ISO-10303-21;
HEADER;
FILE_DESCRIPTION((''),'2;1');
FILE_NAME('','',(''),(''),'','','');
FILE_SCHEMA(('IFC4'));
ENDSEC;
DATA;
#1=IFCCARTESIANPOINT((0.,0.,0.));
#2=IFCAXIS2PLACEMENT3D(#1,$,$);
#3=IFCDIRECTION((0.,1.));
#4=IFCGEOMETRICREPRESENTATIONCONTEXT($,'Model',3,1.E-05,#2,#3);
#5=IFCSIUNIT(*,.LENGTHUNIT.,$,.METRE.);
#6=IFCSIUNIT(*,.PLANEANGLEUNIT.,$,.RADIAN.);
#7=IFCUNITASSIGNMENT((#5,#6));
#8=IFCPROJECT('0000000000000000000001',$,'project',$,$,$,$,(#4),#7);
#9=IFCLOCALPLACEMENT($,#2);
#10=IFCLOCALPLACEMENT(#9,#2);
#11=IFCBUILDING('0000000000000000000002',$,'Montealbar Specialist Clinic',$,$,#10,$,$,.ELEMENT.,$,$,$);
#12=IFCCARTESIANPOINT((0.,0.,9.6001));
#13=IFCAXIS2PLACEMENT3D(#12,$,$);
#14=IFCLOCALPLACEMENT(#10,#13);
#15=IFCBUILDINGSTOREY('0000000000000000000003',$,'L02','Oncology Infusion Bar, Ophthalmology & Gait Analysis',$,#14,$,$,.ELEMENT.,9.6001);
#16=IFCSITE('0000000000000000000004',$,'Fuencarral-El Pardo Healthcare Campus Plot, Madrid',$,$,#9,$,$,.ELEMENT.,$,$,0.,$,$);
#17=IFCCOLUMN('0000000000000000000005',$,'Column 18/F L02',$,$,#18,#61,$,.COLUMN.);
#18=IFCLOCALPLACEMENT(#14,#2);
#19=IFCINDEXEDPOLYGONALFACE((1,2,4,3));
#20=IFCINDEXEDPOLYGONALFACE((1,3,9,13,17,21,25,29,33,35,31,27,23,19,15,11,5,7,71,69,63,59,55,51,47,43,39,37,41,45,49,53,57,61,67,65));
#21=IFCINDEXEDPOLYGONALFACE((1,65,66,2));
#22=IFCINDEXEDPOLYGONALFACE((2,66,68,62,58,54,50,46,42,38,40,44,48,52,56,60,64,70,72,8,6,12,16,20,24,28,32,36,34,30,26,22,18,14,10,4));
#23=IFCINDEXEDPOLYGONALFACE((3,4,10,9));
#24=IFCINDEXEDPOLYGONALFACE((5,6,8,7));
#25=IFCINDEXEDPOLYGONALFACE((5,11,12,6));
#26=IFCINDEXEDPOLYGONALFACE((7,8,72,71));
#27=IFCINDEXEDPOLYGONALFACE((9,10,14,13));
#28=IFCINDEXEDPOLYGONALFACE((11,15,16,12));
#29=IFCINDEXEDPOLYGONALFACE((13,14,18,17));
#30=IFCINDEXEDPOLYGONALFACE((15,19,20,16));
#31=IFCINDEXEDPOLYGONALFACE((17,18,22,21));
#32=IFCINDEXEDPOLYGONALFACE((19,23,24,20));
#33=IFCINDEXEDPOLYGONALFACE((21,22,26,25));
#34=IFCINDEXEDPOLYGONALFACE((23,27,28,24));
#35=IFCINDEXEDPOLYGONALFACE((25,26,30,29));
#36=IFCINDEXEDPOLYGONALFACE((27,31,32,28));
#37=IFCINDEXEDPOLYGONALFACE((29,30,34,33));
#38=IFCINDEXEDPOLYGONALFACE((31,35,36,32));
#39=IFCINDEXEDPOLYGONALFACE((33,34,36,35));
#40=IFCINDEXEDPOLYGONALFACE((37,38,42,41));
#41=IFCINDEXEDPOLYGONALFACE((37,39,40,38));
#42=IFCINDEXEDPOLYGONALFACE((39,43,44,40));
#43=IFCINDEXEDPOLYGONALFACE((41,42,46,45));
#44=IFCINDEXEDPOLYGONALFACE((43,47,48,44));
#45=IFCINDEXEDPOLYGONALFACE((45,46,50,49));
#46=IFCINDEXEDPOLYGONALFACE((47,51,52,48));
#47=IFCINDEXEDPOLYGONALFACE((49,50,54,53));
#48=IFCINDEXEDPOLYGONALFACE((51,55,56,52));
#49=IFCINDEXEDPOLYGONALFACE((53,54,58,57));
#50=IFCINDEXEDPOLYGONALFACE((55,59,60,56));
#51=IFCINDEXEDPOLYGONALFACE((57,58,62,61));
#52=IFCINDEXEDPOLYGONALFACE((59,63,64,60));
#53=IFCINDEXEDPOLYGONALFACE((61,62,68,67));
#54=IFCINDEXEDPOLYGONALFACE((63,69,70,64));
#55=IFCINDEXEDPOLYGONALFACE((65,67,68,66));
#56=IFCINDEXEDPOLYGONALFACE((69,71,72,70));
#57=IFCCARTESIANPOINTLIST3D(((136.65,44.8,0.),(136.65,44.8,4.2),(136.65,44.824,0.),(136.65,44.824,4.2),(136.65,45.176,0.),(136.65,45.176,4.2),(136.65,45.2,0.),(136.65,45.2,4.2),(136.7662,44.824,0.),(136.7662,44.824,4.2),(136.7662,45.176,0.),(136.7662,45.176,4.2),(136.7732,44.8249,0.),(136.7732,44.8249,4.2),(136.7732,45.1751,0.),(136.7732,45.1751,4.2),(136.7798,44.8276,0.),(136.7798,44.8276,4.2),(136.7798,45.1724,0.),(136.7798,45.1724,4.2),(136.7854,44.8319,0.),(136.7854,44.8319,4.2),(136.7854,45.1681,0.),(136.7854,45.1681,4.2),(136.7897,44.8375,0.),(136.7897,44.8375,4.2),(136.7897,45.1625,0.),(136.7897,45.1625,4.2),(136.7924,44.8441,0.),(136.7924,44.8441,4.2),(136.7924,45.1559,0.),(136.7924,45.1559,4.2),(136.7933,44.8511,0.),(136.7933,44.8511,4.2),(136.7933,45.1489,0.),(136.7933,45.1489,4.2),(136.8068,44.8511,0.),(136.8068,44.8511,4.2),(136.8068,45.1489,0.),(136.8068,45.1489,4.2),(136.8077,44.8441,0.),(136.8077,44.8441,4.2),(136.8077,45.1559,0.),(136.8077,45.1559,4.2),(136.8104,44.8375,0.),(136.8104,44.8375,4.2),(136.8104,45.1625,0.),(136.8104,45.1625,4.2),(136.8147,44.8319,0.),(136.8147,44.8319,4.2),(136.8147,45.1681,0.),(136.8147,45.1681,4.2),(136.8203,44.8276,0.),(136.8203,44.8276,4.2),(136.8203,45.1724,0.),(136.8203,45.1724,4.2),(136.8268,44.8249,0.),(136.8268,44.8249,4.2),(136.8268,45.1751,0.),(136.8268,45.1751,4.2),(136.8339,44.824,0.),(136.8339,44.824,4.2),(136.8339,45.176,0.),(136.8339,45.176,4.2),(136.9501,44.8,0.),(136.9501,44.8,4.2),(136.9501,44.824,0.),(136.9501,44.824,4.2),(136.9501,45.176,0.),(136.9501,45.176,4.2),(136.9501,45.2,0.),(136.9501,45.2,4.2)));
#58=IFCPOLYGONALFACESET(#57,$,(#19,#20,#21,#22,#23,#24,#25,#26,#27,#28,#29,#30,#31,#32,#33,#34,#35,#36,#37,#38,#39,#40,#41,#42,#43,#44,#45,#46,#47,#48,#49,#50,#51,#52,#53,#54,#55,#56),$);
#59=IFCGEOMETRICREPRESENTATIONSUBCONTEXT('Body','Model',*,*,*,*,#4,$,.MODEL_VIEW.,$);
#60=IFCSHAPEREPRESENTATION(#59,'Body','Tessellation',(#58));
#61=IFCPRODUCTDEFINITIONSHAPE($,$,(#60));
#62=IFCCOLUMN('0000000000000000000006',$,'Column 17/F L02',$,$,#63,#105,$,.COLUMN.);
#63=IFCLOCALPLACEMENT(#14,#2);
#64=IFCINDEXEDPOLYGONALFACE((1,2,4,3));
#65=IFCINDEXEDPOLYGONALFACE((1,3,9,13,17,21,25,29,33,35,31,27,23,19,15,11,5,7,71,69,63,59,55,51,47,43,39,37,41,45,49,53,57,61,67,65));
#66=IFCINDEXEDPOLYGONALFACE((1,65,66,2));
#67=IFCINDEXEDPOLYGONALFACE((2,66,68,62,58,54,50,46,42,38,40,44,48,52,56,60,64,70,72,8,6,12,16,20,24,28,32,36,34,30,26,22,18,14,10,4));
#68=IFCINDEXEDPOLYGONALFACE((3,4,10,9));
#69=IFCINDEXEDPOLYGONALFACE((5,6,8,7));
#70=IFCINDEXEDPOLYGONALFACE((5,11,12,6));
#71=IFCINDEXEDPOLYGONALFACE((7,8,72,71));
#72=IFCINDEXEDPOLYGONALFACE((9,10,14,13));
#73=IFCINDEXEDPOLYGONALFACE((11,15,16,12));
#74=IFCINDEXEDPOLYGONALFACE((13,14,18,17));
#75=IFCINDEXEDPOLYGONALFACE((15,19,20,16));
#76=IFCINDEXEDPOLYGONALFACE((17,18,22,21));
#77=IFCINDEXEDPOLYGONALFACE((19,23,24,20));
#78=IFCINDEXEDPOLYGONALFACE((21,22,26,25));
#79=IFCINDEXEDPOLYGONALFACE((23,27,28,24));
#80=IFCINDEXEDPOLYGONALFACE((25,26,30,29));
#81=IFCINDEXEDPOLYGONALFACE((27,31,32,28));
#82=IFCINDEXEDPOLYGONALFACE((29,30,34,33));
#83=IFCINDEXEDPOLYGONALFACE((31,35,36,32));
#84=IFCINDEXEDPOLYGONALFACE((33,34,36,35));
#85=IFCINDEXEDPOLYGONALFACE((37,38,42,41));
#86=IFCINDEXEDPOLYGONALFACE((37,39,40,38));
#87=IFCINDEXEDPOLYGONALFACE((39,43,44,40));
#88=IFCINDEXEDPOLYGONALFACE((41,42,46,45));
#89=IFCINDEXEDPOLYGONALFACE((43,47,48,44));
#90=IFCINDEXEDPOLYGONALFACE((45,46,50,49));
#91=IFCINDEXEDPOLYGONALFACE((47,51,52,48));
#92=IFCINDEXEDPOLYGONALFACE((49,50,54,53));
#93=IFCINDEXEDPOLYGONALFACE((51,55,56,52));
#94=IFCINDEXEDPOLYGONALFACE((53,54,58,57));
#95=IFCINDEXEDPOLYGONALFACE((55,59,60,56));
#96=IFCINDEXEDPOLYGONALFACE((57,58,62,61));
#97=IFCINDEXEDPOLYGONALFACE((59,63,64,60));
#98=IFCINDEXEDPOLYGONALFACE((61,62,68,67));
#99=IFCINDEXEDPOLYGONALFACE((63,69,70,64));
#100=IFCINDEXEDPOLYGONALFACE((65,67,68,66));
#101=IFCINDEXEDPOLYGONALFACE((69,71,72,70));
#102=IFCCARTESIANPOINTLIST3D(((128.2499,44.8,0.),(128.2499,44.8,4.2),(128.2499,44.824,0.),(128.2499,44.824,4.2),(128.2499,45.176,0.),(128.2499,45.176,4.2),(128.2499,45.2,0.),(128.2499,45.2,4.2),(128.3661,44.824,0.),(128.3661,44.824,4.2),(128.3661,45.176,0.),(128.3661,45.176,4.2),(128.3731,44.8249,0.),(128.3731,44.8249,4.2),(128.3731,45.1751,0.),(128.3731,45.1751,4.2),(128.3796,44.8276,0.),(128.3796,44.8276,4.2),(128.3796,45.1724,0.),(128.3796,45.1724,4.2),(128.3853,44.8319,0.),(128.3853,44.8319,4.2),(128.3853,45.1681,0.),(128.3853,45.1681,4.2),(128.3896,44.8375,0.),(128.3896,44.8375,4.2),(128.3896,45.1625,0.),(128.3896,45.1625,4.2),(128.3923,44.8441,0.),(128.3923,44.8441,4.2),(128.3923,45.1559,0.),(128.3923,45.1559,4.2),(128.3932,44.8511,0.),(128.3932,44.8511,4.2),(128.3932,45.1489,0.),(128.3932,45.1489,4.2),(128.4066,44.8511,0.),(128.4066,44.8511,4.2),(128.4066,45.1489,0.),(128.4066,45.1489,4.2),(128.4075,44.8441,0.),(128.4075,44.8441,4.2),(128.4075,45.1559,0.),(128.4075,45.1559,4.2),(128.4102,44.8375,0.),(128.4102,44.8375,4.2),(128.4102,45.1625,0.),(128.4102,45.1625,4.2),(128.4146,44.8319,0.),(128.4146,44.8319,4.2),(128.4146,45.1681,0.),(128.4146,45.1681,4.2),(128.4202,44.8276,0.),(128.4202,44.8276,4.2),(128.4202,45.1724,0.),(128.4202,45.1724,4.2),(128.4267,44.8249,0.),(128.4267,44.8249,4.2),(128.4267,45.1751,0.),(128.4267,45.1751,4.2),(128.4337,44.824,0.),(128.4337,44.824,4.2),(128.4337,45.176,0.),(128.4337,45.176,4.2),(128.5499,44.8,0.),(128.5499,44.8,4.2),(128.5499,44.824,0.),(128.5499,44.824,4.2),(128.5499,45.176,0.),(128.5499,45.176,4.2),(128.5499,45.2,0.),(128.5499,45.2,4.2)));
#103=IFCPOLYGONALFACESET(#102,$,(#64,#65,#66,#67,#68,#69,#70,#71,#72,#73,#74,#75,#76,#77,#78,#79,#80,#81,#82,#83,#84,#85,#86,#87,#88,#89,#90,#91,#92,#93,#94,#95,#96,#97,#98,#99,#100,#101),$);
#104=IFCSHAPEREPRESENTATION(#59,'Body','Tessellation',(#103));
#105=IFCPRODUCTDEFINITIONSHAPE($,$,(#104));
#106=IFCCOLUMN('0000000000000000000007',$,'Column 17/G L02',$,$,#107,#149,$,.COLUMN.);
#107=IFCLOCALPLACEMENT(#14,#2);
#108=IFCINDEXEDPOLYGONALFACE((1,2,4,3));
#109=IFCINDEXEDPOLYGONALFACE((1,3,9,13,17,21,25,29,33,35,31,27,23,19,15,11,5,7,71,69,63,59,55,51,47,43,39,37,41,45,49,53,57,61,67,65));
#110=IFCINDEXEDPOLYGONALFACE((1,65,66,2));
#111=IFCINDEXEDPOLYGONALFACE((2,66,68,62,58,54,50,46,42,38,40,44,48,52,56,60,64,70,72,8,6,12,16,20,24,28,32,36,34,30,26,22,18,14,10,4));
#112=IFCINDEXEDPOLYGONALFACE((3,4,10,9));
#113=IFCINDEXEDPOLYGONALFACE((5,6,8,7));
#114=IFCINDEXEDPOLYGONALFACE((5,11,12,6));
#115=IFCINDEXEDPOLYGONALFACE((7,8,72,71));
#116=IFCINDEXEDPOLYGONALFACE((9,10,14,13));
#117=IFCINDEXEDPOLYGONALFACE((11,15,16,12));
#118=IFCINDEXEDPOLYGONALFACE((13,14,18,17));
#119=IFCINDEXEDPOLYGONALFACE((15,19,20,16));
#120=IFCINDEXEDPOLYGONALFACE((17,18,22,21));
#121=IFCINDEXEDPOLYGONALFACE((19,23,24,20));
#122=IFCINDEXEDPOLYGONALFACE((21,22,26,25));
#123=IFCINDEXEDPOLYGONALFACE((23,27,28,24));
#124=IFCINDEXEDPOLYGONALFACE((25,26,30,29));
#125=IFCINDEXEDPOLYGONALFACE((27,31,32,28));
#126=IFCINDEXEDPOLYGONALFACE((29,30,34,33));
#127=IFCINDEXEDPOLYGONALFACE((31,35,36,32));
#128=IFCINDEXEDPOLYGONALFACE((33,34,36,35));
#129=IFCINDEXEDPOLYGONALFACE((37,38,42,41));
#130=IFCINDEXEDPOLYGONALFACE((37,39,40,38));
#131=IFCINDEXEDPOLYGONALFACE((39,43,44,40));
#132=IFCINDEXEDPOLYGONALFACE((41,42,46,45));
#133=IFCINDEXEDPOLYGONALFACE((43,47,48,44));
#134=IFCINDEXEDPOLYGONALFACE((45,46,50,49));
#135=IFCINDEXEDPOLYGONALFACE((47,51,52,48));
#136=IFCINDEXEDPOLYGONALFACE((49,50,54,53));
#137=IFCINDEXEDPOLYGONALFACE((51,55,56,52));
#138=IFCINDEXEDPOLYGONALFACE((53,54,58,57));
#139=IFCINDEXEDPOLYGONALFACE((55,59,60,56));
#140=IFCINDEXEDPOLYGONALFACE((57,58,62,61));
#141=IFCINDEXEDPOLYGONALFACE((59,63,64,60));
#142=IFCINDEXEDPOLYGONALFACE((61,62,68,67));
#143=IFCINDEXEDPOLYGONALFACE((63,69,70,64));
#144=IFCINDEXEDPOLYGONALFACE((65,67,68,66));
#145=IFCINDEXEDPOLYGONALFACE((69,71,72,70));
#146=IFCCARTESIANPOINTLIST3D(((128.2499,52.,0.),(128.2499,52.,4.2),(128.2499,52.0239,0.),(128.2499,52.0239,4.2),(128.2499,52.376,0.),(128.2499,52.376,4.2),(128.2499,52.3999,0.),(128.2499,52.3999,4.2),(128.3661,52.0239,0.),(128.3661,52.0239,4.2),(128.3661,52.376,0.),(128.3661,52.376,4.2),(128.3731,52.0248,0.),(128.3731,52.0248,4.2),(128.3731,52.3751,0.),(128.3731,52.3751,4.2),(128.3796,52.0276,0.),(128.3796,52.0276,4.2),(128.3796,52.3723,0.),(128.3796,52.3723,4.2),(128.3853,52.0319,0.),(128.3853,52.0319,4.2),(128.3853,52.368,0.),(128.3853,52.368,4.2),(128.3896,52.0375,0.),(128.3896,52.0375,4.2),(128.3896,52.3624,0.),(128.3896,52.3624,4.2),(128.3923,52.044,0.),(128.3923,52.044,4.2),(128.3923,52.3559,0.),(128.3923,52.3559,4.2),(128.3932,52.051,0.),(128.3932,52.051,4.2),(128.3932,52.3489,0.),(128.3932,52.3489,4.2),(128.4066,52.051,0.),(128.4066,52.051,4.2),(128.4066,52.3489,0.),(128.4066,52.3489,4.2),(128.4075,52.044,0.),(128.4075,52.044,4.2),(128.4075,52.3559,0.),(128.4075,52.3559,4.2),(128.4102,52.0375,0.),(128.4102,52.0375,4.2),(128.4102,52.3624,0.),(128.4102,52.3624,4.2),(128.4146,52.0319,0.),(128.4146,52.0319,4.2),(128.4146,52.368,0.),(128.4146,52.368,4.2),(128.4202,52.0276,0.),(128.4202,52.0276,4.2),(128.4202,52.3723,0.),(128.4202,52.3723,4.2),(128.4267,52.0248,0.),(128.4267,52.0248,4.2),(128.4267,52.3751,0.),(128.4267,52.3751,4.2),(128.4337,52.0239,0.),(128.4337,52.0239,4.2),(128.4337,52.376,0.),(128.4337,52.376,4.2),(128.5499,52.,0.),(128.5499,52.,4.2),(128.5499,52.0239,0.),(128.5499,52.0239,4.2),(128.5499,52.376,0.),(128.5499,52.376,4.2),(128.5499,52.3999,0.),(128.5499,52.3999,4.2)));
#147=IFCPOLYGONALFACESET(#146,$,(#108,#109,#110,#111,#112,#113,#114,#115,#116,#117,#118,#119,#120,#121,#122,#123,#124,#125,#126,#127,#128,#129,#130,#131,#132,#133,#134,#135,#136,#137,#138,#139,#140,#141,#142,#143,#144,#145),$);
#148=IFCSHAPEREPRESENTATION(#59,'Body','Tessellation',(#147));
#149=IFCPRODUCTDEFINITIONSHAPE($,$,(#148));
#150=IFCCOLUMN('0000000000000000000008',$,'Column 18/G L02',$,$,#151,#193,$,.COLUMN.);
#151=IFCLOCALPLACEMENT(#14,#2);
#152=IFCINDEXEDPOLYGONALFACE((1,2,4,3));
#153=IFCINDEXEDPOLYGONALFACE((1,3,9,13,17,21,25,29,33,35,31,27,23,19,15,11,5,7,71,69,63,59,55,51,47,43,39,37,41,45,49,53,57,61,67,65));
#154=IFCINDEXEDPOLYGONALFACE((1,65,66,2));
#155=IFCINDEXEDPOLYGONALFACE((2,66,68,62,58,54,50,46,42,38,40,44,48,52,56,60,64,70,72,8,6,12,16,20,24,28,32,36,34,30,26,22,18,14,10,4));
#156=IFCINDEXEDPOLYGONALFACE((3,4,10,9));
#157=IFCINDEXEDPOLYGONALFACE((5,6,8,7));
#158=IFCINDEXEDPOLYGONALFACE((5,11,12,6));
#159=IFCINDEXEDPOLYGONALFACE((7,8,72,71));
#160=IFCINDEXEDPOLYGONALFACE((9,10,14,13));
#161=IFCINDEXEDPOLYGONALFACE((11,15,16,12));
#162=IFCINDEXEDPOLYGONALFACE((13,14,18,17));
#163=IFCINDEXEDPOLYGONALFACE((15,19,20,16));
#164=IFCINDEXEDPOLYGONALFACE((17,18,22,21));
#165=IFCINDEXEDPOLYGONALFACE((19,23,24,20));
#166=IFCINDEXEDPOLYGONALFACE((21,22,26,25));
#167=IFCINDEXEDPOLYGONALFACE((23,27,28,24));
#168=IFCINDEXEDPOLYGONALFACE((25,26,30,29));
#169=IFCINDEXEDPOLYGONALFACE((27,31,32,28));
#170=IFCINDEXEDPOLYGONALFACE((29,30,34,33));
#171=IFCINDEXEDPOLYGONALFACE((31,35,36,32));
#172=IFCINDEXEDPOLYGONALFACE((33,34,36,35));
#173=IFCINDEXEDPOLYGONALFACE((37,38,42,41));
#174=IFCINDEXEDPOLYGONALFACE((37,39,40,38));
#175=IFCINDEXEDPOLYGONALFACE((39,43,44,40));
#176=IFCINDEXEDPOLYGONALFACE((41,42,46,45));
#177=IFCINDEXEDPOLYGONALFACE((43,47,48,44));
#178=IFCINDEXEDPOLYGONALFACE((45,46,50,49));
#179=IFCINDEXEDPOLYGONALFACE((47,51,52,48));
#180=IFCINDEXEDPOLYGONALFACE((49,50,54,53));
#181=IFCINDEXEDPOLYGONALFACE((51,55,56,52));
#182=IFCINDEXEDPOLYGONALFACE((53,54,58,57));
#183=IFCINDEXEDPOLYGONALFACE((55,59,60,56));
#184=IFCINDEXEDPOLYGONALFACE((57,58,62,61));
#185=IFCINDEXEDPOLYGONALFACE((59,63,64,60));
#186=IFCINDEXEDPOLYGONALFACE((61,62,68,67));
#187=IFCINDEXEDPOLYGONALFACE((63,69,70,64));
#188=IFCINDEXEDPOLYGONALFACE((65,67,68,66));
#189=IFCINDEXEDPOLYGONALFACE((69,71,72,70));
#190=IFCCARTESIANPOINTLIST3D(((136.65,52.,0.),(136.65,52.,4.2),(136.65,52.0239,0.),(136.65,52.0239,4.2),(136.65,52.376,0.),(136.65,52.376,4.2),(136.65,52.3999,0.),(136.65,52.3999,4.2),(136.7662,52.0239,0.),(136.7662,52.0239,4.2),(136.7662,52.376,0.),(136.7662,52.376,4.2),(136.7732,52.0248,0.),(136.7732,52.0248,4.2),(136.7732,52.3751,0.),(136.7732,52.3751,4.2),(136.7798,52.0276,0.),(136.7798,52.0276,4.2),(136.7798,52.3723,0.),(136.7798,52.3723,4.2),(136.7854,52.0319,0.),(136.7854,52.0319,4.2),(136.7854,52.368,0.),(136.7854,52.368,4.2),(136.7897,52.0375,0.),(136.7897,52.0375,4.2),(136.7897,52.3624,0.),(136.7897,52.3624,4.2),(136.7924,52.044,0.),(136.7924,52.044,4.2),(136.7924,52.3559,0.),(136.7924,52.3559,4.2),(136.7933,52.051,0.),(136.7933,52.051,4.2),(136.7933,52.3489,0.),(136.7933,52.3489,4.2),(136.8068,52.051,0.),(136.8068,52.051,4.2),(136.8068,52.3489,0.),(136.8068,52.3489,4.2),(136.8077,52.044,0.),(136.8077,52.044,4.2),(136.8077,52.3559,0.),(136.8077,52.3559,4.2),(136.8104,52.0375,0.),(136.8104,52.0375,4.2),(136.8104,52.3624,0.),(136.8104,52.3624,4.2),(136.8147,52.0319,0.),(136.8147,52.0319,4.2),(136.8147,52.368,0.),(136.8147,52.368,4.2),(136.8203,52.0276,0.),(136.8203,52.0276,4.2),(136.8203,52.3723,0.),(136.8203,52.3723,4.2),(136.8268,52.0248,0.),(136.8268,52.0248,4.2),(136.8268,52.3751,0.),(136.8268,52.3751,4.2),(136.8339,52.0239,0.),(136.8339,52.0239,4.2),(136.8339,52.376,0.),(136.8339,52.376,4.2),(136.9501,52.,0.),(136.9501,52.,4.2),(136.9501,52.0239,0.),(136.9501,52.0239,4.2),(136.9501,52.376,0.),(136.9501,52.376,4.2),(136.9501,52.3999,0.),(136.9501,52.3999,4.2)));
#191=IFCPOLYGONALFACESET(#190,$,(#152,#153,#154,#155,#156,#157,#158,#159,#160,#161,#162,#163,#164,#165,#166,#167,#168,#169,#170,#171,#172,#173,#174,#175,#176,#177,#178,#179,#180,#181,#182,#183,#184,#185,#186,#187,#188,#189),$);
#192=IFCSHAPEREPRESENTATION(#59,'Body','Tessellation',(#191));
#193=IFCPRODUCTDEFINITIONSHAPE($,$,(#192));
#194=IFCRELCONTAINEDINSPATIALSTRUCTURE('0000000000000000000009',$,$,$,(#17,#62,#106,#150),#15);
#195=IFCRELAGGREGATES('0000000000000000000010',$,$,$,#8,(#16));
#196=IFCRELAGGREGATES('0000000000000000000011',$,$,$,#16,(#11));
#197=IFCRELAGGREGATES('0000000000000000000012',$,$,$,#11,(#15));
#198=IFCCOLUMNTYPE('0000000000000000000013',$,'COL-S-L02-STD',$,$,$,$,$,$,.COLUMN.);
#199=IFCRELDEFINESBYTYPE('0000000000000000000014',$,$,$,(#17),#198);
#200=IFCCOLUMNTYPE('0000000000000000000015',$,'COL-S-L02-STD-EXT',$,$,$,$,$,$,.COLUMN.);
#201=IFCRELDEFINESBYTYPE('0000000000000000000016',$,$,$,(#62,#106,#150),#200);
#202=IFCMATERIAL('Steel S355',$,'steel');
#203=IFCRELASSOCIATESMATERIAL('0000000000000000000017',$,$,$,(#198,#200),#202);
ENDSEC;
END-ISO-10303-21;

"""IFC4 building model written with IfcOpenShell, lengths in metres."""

from ifc_helpers import new_model, si_unit, direction, frame, origin, origin_2d, place, context, subcontext, project, spatial, i_section, extrude, material, material_profile, profile_set, type_object, element, save


model = new_model("IFC4")

# Units and contexts
model_context = context("Model", 3, precision=1e-05, world=origin(), true_north=direction((0.0, 1.0)))
body_context = subcontext(model_context, "Body", "Model", "MODEL_VIEW")
ifc_project = project(units=[si_unit("LENGTHUNIT", "METRE"), si_unit("PLANEANGLEUNIT", "RADIAN")], contexts=[model_context])

# Site, building, storey
site_placement = place(None, origin())
site = spatial("IfcSite", under=ifc_project, at=site_placement, Name="Fuencarral-El Pardo Healthcare Campus Plot, Madrid", CompositionType="ELEMENT", RefElevation=0.0)
building_placement = place(site_placement, origin())
building = spatial("IfcBuilding", under=site, at=building_placement, Name="Montealbar Specialist Clinic", CompositionType="ELEMENT")
storey_placement = place(building_placement, frame((0.0, 0.0, 9.6001)))
storey = spatial("IfcBuildingStorey", under=building, at=storey_placement, Name="L02", Description="Oncology Infusion Bar, Ophthalmology & Gait Analysis", CompositionType="ELEMENT", Elevation=9.6001)

# Columns
ifc_material_1 = material(Name="Steel S355", Category="steel")
ifc_material_profile_1 = material_profile(ifc_material_1, i_section(OverallWidth=0.3, OverallDepth=0.3999, WebThickness=0.0134, FlangeThickness=0.0239, FilletRadius=0.0271, at=origin_2d()), Name="HEB 400", Category="steel")
ifc_profile_set_1 = profile_set([ifc_material_profile_1], Name="Steel S355")
column_type_1 = type_object("IfcColumnType", Name="COL-S-L02-STD", PredefinedType="COLUMN", material=ifc_profile_set_1)
column_placement = place(storey_placement, frame((136.8, 45.0, 0.0), z_axis=(0.0, 0.0, 1.0), x_axis=(1.0, 0.0, 0.0)))
element("IfcColumn", 1, at=column_placement, inside=storey, type_object=column_type_1, Name="Column 18/F L02", PredefinedType="COLUMN", context=body_context, shape_type="SweptSolid", body=[
    extrude(i_section(OverallWidth=0.3, OverallDepth=0.3999, WebThickness=0.0134, FlangeThickness=0.0239, FilletRadius=0.0271, at=origin_2d()), origin(), (0.0, 0.0, 1.0), 4.2),
])
ifc_material_profile_2 = material_profile(ifc_material_1, i_section(OverallWidth=0.3, OverallDepth=0.3999, WebThickness=0.0134, FlangeThickness=0.0239, FilletRadius=0.0271, at=origin_2d()), Name="HEB 400", Category="steel")
ifc_profile_set_2 = profile_set([ifc_material_profile_2], Name="Steel S355")
column_type_2 = type_object("IfcColumnType", Name="COL-S-L02-STD-EXT", PredefinedType="COLUMN", material=ifc_profile_set_2)
for number, where, z_axis, x_axis, name in (
    (2, (128.3999, 45.0, 0.0), (0.0, 0.0, 1.0), (1.0, 0.0, 0.0), "Column 17/F L02"),
    (3, (128.3999, 52.2, 0.0), (0.0, 0.0, 1.0), (1.0, 0.0, 0.0), "Column 17/G L02"),
    (4, (136.8, 52.2, 0.0), (0.0, 0.0, 1.0), (1.0, 0.0, 0.0), "Column 18/G L02"),
):
    element("IfcColumn", number, at=place(storey_placement, frame(where, z_axis=z_axis, x_axis=x_axis)), inside=storey, type_object=column_type_2, Name=name, PredefinedType="COLUMN", context=body_context, shape_type="SweptSolid", body=[
        extrude(i_section(OverallWidth=0.3, OverallDepth=0.3999, WebThickness=0.0134, FlangeThickness=0.0239, FilletRadius=0.0271, at=origin_2d()), origin(), (0.0, 0.0, 1.0), 4.2),
    ])

save(model, "model.ifc")
